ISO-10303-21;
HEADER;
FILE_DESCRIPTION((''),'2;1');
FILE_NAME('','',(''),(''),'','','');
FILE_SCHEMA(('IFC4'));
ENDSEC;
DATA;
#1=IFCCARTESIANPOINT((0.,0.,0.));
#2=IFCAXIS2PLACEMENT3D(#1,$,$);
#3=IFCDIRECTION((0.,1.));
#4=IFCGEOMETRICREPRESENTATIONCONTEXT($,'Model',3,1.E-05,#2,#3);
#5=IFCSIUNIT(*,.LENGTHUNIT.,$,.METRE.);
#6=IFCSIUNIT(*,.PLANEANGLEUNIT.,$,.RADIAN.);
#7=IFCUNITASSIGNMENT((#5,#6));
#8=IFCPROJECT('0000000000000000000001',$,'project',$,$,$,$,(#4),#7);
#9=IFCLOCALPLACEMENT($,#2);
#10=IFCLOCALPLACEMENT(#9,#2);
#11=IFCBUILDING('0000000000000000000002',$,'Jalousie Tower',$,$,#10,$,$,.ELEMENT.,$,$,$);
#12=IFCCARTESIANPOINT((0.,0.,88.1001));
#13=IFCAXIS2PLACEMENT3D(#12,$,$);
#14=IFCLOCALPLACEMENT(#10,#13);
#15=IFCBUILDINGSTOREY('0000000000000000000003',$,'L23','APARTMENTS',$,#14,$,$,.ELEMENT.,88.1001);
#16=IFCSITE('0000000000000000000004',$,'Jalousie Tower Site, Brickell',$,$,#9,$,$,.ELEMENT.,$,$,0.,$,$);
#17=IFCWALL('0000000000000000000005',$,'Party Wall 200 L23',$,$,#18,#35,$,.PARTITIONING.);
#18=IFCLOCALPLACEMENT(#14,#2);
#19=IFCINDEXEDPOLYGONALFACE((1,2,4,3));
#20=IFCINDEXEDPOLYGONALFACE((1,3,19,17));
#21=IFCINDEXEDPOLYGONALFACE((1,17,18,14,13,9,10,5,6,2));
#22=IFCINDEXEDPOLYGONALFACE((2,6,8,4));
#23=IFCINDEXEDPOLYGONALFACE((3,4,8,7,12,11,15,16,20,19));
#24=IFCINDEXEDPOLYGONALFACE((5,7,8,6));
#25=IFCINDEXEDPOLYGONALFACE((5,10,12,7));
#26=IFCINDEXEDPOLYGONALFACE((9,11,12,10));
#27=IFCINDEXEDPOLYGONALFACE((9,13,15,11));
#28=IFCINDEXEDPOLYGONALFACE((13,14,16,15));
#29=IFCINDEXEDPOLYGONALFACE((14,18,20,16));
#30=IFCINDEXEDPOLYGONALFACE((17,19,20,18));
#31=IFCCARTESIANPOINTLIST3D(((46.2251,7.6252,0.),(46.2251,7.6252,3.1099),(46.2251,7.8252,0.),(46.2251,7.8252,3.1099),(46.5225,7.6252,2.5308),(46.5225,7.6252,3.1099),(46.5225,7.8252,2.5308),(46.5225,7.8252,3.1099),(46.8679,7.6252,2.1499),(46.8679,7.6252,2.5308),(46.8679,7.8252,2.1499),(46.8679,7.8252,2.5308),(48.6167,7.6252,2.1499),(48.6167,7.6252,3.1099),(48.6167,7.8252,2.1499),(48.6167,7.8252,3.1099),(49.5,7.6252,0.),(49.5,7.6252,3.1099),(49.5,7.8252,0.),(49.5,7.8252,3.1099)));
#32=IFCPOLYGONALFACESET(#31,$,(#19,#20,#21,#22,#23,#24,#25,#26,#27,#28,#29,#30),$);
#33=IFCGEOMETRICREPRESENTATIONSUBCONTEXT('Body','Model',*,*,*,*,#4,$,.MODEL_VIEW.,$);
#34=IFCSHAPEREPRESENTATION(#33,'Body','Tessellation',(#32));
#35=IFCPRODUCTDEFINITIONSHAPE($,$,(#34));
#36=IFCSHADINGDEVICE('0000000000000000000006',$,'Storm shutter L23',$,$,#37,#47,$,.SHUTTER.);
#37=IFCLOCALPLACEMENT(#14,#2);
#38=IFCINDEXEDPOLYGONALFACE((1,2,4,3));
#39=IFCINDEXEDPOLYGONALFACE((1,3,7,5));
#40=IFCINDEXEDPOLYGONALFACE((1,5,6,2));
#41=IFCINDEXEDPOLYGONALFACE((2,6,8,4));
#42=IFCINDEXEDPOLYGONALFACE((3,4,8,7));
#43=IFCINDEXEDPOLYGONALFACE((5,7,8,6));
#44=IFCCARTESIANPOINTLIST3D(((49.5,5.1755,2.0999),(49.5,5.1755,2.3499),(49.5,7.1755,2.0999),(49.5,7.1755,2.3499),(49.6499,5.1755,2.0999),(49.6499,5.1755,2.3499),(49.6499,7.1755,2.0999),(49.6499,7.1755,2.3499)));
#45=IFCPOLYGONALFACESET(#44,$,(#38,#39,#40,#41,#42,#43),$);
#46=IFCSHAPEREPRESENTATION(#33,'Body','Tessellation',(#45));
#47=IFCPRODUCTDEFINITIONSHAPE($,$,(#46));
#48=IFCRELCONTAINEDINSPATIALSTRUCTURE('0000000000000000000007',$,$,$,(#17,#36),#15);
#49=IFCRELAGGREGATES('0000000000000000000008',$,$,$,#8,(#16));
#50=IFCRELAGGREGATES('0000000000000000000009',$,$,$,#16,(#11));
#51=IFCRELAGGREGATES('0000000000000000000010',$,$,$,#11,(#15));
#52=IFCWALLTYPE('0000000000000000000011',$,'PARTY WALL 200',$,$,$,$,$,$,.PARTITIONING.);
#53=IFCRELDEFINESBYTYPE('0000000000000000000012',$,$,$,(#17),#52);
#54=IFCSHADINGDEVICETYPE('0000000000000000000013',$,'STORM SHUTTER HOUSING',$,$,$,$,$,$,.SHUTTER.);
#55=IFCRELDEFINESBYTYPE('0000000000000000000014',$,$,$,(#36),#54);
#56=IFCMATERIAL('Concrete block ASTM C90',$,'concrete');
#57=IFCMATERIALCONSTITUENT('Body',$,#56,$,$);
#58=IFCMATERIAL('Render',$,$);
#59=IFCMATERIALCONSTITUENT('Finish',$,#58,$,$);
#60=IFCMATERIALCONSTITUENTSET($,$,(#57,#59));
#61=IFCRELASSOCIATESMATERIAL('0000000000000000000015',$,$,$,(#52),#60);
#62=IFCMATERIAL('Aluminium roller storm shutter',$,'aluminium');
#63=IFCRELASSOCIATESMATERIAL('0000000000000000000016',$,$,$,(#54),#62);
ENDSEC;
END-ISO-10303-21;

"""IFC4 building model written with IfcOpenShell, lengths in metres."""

from ifc_helpers import new_model, si_unit, direction, frame, origin, origin_2d, place, context, subcontext, project, spatial, polyline, rectangle, outline, extrude, material, constituent, constituent_set, type_object, element, save


model = new_model("IFC4")

# Units and contexts
model_context = context("Model", 3, precision=1e-05, world=origin(), true_north=direction((0.0, 1.0)))
body_context = subcontext(model_context, "Body", "Model", "MODEL_VIEW")
ifc_project = project(units=[si_unit("LENGTHUNIT", "METRE"), si_unit("PLANEANGLEUNIT", "RADIAN")], contexts=[model_context])

# Site, building, storey
site_placement = place(None, origin())
site = spatial("IfcSite", under=ifc_project, at=site_placement, Name="Jalousie Tower Site, Brickell", CompositionType="ELEMENT", RefElevation=0.0)
building_placement = place(site_placement, origin())
building = spatial("IfcBuilding", under=site, at=building_placement, Name="Jalousie Tower", CompositionType="ELEMENT")
storey_placement = place(building_placement, frame((0.0, 0.0, 88.1001)))
storey = spatial("IfcBuildingStorey", under=building, at=storey_placement, Name="L23", Description="APARTMENTS", CompositionType="ELEMENT", Elevation=88.1001)

# Wall
ifc_material_1 = material(Name="Concrete block ASTM C90", Category="concrete")
ifc_constituent_1 = constituent(ifc_material_1, Name="Body")
ifc_material_2 = material(Name="Render")
ifc_constituent_2 = constituent(ifc_material_2, Name="Finish")
ifc_constituent_set_1 = constituent_set(constituents=[ifc_constituent_1, ifc_constituent_2])
wall_type_1 = type_object("IfcWallType", Name="PARTY WALL 200", PredefinedType="PARTITIONING", material=ifc_constituent_set_1)
wall_1_placement = place(storey_placement, frame((46.2251, 7.7251, 0.0), z_axis=(0.0, 0.0, 1.0), x_axis=(1.0, 0.0, 0.0)))
element("IfcWall", 1, at=wall_1_placement, inside=storey, type_object=wall_type_1, Name="Party Wall 200 L23", PredefinedType="PARTITIONING", context=body_context, shape_type="SweptSolid", body=[
    extrude(outline(polyline([(0.0, 0.0), (3.2749, 0.0), (3.2749, 3.1099), (2.3916, 3.1099), (2.3916, 2.1499), (0.6428, 2.1499), (0.6428, 2.5308), (0.2974, 2.5308), (0.2974, 3.1099), (0.0, 3.1099), (0.0, 0.0)])), frame((0.0, 0.1001, 0.0), z_axis=(0.0, -1.0, 0.0), x_axis=(1.0, 0.0, 0.0)), (0.0, 0.0, 1.0), 0.2),
])

# Shading device
ifc_material_3 = material(Name="Aluminium roller storm shutter", Category="aluminium")
shading_device_type = type_object("IfcShadingDeviceType", Name="STORM SHUTTER HOUSING", PredefinedType="SHUTTER", material=ifc_material_3)
shading_device_placement = place(storey_placement, frame((49.575, 6.1755, 2.0999), z_axis=(0.0, 0.0, 1.0), x_axis=(0.0, 1.0, 0.0)))
element("IfcShadingDevice", 2, at=shading_device_placement, inside=storey, type_object=shading_device_type, Name="Storm shutter L23", PredefinedType="SHUTTER", context=body_context, shape_type="SweptSolid", body=[
    extrude(rectangle(XDim=2.0, YDim=0.1499, at=origin_2d()), origin(), (0.0, 0.0, 1.0), 0.25),
])

save(model, "model.ifc")
